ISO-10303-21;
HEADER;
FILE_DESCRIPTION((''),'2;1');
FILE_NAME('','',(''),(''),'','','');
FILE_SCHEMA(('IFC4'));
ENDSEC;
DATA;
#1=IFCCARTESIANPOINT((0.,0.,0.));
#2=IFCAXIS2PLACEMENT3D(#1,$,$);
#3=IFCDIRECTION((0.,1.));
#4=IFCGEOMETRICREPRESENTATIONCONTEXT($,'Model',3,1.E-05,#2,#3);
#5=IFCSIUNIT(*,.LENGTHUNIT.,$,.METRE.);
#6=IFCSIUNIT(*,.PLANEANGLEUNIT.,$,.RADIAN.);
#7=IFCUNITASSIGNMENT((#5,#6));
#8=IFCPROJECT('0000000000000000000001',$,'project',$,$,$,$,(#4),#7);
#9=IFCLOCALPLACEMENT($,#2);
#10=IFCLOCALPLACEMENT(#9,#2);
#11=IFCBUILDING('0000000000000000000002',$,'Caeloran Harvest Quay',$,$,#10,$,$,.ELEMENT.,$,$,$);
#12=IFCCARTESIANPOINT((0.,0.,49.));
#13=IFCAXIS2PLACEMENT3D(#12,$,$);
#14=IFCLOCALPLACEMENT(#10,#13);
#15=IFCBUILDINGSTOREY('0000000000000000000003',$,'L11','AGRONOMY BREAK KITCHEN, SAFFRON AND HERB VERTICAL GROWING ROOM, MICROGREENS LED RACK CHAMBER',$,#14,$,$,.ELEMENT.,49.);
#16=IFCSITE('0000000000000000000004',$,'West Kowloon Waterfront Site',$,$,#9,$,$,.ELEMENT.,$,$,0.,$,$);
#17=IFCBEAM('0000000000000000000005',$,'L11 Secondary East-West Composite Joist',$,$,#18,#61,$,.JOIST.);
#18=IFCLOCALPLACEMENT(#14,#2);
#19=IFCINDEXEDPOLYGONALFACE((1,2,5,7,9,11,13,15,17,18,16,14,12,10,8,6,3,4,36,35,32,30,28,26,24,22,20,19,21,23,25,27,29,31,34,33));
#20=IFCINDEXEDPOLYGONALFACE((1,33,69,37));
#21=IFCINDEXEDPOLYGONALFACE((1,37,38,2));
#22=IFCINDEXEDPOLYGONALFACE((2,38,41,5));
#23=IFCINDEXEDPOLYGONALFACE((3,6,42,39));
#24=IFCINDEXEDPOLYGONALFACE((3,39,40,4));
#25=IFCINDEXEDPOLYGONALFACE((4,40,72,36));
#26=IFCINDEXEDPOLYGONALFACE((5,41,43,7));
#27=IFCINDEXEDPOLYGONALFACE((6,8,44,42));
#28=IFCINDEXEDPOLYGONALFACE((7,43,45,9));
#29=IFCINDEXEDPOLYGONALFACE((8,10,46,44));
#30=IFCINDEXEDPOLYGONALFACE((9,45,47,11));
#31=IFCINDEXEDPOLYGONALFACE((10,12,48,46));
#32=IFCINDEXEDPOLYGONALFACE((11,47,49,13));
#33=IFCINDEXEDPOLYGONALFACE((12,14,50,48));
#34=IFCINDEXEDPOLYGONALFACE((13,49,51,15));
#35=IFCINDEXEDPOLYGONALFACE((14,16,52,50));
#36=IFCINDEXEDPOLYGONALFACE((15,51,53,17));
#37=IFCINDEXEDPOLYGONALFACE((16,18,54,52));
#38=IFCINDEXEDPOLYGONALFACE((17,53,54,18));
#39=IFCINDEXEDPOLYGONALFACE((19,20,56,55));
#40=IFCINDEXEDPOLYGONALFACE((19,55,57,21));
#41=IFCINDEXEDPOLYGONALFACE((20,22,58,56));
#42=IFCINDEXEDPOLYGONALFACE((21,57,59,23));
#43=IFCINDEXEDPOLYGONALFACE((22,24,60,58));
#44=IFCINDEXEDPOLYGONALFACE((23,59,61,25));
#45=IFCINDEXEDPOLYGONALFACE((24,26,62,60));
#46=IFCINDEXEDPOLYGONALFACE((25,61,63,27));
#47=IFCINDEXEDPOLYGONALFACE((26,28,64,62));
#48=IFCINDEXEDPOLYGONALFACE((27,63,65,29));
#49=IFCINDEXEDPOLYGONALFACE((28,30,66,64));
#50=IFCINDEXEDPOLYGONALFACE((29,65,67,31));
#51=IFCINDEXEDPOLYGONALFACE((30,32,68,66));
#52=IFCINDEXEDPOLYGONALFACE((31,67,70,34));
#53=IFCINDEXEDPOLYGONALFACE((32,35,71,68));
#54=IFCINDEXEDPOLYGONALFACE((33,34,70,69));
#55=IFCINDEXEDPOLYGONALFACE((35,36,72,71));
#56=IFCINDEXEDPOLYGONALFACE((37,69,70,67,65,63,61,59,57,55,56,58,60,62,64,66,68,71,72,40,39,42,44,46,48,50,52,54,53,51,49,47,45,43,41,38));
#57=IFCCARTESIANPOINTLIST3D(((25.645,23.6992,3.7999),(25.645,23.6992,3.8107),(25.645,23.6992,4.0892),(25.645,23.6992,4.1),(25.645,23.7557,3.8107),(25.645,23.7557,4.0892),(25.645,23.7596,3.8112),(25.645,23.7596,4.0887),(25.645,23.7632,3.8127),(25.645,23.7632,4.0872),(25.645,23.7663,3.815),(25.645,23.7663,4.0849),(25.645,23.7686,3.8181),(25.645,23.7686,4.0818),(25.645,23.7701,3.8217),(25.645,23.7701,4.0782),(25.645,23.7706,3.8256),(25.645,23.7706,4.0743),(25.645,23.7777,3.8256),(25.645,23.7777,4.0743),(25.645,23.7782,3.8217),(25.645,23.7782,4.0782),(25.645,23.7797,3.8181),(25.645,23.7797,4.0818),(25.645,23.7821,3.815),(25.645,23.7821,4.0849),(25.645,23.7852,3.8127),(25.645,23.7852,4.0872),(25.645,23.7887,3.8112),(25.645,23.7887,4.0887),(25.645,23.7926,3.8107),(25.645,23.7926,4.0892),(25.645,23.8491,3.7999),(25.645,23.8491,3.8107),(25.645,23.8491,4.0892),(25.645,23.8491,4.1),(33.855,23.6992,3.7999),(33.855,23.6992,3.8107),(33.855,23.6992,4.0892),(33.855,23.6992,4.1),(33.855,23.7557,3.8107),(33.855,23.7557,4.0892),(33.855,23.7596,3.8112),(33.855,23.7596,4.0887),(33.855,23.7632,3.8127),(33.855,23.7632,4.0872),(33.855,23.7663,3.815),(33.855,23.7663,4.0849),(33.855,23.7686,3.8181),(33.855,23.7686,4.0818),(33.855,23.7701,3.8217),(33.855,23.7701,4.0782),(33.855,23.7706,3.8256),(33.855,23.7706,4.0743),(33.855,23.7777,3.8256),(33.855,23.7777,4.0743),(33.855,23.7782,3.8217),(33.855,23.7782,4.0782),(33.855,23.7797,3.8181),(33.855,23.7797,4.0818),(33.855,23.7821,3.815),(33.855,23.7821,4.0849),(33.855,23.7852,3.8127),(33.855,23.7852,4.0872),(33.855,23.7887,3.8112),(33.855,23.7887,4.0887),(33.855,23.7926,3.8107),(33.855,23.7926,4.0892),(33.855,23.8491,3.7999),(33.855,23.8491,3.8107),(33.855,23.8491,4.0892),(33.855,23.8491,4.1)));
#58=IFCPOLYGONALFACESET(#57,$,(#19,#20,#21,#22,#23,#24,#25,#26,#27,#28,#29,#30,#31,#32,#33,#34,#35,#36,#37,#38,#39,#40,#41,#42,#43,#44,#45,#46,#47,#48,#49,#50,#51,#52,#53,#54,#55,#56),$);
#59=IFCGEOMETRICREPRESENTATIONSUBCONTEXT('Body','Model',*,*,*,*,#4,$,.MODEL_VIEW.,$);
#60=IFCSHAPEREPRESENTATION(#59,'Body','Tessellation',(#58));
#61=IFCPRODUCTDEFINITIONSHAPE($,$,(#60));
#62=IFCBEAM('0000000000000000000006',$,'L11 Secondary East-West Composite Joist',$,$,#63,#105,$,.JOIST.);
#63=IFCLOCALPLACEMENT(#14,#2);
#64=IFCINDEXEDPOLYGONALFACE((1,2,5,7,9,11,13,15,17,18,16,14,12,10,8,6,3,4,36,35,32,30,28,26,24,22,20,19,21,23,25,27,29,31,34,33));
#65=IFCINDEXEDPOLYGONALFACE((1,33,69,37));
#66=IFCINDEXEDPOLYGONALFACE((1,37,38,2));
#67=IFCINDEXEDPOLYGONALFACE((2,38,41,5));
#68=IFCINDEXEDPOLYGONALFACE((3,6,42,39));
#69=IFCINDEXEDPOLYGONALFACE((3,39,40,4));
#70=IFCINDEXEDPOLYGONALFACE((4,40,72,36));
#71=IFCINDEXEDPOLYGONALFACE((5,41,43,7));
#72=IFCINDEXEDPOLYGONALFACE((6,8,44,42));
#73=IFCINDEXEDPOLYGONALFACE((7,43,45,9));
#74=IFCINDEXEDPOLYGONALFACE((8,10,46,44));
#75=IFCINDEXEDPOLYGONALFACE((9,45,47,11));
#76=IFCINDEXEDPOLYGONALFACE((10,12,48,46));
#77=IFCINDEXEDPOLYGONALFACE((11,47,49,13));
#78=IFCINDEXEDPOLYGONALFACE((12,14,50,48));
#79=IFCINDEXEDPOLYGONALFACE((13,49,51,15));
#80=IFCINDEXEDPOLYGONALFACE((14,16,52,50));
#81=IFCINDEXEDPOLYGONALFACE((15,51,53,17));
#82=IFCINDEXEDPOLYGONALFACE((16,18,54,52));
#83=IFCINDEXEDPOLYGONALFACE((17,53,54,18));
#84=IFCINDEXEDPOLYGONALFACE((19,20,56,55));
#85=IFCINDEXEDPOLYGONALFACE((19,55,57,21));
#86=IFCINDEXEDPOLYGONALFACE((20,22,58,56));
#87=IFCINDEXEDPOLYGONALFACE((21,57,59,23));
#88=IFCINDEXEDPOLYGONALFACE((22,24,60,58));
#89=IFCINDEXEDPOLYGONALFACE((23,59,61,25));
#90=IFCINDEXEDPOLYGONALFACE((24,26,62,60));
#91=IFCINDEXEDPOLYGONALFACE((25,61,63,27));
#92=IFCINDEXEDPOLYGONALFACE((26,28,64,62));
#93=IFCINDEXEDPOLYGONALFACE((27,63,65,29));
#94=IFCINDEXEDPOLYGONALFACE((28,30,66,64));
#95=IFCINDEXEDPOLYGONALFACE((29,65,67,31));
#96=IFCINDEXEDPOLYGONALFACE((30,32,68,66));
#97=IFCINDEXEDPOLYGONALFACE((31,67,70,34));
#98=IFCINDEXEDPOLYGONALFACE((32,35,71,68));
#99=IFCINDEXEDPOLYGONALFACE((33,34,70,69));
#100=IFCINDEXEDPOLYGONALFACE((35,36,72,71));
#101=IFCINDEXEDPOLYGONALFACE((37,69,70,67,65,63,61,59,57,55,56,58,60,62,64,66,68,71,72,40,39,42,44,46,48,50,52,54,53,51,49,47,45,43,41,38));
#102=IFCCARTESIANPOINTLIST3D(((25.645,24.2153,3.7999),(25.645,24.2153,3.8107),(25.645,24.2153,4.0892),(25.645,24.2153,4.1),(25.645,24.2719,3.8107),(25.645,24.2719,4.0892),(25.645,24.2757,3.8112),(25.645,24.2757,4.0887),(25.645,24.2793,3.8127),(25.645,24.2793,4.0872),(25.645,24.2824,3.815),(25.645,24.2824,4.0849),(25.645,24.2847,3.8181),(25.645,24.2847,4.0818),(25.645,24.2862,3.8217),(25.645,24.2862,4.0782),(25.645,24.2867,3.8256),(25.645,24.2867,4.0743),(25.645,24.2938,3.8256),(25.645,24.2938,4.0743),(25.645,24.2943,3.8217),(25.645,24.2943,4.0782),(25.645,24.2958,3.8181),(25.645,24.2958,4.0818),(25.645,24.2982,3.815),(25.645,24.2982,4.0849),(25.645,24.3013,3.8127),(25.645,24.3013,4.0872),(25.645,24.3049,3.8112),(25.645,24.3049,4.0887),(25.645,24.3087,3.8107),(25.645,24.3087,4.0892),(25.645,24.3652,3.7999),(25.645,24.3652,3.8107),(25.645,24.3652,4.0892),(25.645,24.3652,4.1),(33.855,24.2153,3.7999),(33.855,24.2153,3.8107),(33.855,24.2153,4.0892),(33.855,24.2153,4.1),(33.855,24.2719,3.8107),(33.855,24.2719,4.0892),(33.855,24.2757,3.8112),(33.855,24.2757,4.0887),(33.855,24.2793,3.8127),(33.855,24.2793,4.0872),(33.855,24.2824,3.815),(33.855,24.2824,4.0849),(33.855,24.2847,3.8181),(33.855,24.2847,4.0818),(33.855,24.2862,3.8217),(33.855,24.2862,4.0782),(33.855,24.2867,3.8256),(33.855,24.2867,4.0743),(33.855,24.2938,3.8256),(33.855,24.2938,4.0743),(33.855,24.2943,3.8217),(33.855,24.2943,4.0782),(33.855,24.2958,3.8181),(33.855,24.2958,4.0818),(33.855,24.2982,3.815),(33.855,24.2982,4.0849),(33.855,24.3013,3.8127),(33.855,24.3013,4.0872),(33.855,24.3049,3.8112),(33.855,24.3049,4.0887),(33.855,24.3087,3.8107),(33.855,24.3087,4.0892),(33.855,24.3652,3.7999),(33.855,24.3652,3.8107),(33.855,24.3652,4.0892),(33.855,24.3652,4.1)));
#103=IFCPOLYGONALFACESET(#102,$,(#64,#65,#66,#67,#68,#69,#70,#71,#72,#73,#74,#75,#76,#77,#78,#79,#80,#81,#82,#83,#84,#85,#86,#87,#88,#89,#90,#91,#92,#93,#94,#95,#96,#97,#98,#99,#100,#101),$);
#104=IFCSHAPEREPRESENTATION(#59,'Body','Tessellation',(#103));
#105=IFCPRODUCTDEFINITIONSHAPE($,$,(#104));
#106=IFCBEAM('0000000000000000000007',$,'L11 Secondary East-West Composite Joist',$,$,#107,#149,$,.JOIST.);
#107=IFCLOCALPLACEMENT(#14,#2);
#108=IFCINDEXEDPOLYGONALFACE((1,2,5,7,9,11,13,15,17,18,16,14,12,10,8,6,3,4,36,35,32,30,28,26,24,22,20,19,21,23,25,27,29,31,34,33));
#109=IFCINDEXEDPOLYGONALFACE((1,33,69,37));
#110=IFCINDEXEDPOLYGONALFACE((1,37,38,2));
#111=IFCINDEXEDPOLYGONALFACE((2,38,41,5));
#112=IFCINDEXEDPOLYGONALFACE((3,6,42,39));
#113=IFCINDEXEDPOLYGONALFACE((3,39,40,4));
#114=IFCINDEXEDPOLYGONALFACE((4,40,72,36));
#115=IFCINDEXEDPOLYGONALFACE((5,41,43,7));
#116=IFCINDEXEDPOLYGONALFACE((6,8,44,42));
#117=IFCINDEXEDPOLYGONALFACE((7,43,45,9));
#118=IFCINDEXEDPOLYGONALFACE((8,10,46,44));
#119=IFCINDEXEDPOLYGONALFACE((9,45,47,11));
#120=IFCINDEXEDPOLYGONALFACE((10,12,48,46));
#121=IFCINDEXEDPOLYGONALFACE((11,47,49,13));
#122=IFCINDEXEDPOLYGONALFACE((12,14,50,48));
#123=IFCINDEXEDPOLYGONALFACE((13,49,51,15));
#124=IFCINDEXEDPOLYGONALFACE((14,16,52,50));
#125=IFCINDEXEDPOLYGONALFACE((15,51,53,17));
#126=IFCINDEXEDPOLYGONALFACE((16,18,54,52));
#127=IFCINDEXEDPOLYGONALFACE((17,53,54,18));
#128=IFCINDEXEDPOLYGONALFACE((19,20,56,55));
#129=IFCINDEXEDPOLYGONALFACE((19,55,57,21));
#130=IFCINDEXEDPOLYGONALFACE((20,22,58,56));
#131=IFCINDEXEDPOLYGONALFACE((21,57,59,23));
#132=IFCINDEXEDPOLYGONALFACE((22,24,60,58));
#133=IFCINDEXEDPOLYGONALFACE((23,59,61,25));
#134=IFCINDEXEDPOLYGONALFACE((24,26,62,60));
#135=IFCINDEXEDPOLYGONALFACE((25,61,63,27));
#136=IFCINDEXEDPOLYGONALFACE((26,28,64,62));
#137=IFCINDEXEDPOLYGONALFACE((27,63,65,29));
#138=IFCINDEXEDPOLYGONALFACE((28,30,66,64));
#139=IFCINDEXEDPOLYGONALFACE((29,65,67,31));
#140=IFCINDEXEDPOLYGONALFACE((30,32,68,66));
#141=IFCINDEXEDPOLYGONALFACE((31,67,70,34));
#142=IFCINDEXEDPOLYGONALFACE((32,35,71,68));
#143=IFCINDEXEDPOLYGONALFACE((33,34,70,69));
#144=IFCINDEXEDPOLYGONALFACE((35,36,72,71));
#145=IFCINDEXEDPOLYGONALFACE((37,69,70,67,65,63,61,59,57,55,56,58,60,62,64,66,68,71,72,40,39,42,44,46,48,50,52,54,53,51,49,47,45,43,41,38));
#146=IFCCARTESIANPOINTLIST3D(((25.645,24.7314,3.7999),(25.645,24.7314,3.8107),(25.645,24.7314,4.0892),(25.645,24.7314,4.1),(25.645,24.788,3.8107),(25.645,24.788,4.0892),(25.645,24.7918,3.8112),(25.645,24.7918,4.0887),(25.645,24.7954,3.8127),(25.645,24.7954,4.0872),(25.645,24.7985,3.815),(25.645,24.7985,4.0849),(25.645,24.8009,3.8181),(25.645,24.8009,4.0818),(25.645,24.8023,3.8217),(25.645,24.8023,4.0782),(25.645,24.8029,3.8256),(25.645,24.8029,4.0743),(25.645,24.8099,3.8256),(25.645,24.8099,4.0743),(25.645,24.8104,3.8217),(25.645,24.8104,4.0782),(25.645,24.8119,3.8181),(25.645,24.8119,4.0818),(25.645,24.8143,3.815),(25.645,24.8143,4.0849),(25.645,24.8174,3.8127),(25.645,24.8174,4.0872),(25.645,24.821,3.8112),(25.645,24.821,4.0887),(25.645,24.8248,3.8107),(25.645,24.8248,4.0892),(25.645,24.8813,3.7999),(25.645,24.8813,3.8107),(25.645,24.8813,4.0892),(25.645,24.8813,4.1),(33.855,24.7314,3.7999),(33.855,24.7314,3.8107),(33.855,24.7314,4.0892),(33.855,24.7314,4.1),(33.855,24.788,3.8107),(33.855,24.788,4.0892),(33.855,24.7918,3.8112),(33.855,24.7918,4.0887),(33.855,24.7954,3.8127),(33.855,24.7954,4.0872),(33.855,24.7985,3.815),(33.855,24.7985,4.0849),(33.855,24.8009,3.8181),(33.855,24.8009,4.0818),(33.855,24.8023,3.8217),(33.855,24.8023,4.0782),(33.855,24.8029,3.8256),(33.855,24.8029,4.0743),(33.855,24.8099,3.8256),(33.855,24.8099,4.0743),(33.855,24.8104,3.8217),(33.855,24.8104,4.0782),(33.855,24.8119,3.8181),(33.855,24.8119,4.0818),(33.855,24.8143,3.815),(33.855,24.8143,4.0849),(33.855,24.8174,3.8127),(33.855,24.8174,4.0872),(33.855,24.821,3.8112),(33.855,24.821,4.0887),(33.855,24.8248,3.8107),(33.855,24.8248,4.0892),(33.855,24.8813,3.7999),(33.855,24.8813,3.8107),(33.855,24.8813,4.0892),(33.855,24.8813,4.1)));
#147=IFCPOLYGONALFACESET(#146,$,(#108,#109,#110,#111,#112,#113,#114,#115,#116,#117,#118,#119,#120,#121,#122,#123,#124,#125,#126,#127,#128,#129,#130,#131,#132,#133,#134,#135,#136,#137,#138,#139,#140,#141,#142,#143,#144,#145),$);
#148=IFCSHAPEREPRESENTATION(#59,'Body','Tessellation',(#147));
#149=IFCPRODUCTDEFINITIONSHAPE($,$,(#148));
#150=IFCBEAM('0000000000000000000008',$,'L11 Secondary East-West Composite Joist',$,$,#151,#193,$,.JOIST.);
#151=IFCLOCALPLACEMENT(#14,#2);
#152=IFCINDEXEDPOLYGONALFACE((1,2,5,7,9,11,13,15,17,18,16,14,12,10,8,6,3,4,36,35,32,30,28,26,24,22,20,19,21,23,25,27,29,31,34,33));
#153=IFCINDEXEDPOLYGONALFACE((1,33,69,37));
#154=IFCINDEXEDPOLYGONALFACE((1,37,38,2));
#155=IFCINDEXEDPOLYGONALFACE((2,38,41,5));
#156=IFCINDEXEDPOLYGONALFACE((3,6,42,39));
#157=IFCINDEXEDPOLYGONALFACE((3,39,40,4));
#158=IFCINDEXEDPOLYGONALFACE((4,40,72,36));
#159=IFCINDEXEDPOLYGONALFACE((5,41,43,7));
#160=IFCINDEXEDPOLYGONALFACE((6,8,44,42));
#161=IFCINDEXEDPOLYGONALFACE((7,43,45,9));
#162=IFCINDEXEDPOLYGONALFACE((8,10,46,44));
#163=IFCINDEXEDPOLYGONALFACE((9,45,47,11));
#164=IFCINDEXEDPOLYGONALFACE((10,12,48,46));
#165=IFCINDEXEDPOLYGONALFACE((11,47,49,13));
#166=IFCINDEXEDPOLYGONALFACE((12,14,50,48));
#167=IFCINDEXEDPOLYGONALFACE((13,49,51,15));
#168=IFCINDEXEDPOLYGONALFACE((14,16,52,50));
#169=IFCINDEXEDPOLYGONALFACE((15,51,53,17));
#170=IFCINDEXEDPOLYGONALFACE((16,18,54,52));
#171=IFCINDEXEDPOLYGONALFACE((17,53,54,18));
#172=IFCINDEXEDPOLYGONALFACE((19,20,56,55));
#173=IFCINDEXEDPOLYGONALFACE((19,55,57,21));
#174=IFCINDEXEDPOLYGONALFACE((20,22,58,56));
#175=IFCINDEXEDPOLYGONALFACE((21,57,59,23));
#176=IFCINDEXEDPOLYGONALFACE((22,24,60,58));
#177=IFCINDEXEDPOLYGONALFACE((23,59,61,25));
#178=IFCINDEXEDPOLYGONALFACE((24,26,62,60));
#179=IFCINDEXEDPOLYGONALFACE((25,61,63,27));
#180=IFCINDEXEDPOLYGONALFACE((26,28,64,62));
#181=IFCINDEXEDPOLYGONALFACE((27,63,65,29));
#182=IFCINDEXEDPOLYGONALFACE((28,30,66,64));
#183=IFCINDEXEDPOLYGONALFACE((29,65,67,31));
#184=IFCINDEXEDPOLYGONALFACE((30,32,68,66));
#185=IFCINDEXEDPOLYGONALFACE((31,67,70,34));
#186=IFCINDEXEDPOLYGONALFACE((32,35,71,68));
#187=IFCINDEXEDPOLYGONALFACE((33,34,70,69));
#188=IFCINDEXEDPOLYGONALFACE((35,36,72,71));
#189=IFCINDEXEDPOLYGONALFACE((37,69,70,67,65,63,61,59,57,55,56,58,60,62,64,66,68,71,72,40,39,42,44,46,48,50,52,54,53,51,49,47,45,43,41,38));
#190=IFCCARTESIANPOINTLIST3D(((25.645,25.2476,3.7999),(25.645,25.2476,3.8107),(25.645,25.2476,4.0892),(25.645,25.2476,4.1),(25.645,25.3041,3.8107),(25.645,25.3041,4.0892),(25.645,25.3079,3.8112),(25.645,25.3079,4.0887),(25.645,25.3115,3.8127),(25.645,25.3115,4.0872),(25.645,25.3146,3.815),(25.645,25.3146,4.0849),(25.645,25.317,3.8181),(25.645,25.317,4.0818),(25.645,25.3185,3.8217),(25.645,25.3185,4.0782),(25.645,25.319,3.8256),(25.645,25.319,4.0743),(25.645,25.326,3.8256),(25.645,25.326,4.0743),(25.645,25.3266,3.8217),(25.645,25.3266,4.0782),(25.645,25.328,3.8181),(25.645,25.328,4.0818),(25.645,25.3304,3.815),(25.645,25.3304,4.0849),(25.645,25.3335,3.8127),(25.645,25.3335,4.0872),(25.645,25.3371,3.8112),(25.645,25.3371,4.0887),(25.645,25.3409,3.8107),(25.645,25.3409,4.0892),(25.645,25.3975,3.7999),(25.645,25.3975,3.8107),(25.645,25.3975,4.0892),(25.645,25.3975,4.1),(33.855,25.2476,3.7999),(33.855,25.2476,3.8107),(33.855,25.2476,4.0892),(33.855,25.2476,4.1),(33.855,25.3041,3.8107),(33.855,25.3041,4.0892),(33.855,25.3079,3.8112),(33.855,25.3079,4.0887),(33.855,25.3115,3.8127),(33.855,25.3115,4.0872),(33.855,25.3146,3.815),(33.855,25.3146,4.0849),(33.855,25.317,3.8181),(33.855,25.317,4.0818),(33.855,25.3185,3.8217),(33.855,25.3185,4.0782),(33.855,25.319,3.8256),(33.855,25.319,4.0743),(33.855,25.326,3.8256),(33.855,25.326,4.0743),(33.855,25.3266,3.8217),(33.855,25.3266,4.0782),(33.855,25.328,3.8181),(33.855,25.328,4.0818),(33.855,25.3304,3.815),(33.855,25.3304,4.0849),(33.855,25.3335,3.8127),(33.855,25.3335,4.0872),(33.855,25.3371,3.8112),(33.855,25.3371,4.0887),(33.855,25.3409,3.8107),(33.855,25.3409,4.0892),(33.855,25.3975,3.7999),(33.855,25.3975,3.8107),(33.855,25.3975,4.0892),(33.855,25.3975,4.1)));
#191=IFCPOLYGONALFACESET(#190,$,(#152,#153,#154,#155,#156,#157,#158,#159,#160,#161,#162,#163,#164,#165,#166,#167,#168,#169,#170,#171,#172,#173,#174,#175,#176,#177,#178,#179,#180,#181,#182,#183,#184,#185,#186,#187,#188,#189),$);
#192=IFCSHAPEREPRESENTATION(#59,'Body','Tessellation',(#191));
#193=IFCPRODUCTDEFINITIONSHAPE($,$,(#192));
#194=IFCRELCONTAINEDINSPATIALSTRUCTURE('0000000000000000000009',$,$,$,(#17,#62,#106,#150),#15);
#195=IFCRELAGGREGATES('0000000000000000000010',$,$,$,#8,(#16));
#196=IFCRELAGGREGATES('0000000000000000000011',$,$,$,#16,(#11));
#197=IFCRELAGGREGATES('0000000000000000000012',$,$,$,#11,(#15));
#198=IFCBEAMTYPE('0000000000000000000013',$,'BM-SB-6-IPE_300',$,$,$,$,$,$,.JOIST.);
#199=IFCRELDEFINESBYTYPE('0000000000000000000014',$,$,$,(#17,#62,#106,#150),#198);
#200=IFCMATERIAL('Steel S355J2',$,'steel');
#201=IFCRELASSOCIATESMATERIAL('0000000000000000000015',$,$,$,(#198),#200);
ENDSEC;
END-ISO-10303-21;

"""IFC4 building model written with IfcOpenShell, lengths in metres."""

from ifc_helpers import new_model, si_unit, direction, frame, origin, origin_2d, place, context, subcontext, project, spatial, i_section, extrude, material, material_profile, profile_set, type_object, element, save


model = new_model("IFC4")

# Units and contexts
model_context = context("Model", 3, precision=1e-05, world=origin(), true_north=direction((0.0, 1.0)))
body_context = subcontext(model_context, "Body", "Model", "MODEL_VIEW")
ifc_project = project(units=[si_unit("LENGTHUNIT", "METRE"), si_unit("PLANEANGLEUNIT", "RADIAN")], contexts=[model_context])

# Site, building, storey
site_placement = place(None, origin())
site = spatial("IfcSite", under=ifc_project, at=site_placement, Name="West Kowloon Waterfront Site", CompositionType="ELEMENT", RefElevation=0.0)
building_placement = place(site_placement, origin())
building = spatial("IfcBuilding", under=site, at=building_placement, Name="Caeloran Harvest Quay", CompositionType="ELEMENT")
storey_placement = place(building_placement, frame((0.0, 0.0, 49.0)))
storey = spatial("IfcBuildingStorey", under=building, at=storey_placement, Name="L11", Description="AGRONOMY BREAK KITCHEN, SAFFRON AND HERB VERTICAL GROWING ROOM, MICROGREENS LED RACK CHAMBER", CompositionType="ELEMENT", Elevation=49.0)

# Beams
ifc_material_1 = material(Name="Steel S355J2", Category="steel")
ifc_material_profile_1 = material_profile(ifc_material_1, i_section(OverallWidth=0.1499, OverallDepth=0.3, WebThickness=0.0071, FlangeThickness=0.0107, FilletRadius=0.0149, at=origin_2d()), Name="IPE 300")
ifc_profile_set_1 = profile_set([ifc_material_profile_1], Name="Steel S355J2")
beam_type_1 = type_object("IfcBeamType", Name="BM-SB-6-IPE_300", PredefinedType="JOIST", material=ifc_profile_set_1)
for number, where, z_axis, x_axis, name in (
    (1, (25.645, 23.7742, 3.95), (1.0, 0.0, 0.0), (0.0, 1.0, 0.0), "L11 Secondary East-West Composite Joist"),
    (2, (25.645, 24.2903, 3.95), (1.0, 0.0, 0.0), (0.0, 1.0, 0.0), "L11 Secondary East-West Composite Joist"),
    (3, (25.645, 24.8064, 3.95), (1.0, 0.0, 0.0), (0.0, 1.0, 0.0), "L11 Secondary East-West Composite Joist"),
    (4, (25.645, 25.3225, 3.95), (1.0, 0.0, 0.0), (0.0, 1.0, 0.0), "L11 Secondary East-West Composite Joist"),
):
    element("IfcBeam", number, at=place(storey_placement, frame(where, z_axis=z_axis, x_axis=x_axis)), inside=storey, type_object=beam_type_1, Name=name, PredefinedType="JOIST", context=body_context, shape_type="SweptSolid", body=[
        extrude(i_section(OverallWidth=0.1499, OverallDepth=0.3, WebThickness=0.0071, FlangeThickness=0.0107, FilletRadius=0.0149, at=origin_2d()), origin(), (0.0, 0.0, 1.0), 8.21),
    ])

save(model, "model.ifc")
